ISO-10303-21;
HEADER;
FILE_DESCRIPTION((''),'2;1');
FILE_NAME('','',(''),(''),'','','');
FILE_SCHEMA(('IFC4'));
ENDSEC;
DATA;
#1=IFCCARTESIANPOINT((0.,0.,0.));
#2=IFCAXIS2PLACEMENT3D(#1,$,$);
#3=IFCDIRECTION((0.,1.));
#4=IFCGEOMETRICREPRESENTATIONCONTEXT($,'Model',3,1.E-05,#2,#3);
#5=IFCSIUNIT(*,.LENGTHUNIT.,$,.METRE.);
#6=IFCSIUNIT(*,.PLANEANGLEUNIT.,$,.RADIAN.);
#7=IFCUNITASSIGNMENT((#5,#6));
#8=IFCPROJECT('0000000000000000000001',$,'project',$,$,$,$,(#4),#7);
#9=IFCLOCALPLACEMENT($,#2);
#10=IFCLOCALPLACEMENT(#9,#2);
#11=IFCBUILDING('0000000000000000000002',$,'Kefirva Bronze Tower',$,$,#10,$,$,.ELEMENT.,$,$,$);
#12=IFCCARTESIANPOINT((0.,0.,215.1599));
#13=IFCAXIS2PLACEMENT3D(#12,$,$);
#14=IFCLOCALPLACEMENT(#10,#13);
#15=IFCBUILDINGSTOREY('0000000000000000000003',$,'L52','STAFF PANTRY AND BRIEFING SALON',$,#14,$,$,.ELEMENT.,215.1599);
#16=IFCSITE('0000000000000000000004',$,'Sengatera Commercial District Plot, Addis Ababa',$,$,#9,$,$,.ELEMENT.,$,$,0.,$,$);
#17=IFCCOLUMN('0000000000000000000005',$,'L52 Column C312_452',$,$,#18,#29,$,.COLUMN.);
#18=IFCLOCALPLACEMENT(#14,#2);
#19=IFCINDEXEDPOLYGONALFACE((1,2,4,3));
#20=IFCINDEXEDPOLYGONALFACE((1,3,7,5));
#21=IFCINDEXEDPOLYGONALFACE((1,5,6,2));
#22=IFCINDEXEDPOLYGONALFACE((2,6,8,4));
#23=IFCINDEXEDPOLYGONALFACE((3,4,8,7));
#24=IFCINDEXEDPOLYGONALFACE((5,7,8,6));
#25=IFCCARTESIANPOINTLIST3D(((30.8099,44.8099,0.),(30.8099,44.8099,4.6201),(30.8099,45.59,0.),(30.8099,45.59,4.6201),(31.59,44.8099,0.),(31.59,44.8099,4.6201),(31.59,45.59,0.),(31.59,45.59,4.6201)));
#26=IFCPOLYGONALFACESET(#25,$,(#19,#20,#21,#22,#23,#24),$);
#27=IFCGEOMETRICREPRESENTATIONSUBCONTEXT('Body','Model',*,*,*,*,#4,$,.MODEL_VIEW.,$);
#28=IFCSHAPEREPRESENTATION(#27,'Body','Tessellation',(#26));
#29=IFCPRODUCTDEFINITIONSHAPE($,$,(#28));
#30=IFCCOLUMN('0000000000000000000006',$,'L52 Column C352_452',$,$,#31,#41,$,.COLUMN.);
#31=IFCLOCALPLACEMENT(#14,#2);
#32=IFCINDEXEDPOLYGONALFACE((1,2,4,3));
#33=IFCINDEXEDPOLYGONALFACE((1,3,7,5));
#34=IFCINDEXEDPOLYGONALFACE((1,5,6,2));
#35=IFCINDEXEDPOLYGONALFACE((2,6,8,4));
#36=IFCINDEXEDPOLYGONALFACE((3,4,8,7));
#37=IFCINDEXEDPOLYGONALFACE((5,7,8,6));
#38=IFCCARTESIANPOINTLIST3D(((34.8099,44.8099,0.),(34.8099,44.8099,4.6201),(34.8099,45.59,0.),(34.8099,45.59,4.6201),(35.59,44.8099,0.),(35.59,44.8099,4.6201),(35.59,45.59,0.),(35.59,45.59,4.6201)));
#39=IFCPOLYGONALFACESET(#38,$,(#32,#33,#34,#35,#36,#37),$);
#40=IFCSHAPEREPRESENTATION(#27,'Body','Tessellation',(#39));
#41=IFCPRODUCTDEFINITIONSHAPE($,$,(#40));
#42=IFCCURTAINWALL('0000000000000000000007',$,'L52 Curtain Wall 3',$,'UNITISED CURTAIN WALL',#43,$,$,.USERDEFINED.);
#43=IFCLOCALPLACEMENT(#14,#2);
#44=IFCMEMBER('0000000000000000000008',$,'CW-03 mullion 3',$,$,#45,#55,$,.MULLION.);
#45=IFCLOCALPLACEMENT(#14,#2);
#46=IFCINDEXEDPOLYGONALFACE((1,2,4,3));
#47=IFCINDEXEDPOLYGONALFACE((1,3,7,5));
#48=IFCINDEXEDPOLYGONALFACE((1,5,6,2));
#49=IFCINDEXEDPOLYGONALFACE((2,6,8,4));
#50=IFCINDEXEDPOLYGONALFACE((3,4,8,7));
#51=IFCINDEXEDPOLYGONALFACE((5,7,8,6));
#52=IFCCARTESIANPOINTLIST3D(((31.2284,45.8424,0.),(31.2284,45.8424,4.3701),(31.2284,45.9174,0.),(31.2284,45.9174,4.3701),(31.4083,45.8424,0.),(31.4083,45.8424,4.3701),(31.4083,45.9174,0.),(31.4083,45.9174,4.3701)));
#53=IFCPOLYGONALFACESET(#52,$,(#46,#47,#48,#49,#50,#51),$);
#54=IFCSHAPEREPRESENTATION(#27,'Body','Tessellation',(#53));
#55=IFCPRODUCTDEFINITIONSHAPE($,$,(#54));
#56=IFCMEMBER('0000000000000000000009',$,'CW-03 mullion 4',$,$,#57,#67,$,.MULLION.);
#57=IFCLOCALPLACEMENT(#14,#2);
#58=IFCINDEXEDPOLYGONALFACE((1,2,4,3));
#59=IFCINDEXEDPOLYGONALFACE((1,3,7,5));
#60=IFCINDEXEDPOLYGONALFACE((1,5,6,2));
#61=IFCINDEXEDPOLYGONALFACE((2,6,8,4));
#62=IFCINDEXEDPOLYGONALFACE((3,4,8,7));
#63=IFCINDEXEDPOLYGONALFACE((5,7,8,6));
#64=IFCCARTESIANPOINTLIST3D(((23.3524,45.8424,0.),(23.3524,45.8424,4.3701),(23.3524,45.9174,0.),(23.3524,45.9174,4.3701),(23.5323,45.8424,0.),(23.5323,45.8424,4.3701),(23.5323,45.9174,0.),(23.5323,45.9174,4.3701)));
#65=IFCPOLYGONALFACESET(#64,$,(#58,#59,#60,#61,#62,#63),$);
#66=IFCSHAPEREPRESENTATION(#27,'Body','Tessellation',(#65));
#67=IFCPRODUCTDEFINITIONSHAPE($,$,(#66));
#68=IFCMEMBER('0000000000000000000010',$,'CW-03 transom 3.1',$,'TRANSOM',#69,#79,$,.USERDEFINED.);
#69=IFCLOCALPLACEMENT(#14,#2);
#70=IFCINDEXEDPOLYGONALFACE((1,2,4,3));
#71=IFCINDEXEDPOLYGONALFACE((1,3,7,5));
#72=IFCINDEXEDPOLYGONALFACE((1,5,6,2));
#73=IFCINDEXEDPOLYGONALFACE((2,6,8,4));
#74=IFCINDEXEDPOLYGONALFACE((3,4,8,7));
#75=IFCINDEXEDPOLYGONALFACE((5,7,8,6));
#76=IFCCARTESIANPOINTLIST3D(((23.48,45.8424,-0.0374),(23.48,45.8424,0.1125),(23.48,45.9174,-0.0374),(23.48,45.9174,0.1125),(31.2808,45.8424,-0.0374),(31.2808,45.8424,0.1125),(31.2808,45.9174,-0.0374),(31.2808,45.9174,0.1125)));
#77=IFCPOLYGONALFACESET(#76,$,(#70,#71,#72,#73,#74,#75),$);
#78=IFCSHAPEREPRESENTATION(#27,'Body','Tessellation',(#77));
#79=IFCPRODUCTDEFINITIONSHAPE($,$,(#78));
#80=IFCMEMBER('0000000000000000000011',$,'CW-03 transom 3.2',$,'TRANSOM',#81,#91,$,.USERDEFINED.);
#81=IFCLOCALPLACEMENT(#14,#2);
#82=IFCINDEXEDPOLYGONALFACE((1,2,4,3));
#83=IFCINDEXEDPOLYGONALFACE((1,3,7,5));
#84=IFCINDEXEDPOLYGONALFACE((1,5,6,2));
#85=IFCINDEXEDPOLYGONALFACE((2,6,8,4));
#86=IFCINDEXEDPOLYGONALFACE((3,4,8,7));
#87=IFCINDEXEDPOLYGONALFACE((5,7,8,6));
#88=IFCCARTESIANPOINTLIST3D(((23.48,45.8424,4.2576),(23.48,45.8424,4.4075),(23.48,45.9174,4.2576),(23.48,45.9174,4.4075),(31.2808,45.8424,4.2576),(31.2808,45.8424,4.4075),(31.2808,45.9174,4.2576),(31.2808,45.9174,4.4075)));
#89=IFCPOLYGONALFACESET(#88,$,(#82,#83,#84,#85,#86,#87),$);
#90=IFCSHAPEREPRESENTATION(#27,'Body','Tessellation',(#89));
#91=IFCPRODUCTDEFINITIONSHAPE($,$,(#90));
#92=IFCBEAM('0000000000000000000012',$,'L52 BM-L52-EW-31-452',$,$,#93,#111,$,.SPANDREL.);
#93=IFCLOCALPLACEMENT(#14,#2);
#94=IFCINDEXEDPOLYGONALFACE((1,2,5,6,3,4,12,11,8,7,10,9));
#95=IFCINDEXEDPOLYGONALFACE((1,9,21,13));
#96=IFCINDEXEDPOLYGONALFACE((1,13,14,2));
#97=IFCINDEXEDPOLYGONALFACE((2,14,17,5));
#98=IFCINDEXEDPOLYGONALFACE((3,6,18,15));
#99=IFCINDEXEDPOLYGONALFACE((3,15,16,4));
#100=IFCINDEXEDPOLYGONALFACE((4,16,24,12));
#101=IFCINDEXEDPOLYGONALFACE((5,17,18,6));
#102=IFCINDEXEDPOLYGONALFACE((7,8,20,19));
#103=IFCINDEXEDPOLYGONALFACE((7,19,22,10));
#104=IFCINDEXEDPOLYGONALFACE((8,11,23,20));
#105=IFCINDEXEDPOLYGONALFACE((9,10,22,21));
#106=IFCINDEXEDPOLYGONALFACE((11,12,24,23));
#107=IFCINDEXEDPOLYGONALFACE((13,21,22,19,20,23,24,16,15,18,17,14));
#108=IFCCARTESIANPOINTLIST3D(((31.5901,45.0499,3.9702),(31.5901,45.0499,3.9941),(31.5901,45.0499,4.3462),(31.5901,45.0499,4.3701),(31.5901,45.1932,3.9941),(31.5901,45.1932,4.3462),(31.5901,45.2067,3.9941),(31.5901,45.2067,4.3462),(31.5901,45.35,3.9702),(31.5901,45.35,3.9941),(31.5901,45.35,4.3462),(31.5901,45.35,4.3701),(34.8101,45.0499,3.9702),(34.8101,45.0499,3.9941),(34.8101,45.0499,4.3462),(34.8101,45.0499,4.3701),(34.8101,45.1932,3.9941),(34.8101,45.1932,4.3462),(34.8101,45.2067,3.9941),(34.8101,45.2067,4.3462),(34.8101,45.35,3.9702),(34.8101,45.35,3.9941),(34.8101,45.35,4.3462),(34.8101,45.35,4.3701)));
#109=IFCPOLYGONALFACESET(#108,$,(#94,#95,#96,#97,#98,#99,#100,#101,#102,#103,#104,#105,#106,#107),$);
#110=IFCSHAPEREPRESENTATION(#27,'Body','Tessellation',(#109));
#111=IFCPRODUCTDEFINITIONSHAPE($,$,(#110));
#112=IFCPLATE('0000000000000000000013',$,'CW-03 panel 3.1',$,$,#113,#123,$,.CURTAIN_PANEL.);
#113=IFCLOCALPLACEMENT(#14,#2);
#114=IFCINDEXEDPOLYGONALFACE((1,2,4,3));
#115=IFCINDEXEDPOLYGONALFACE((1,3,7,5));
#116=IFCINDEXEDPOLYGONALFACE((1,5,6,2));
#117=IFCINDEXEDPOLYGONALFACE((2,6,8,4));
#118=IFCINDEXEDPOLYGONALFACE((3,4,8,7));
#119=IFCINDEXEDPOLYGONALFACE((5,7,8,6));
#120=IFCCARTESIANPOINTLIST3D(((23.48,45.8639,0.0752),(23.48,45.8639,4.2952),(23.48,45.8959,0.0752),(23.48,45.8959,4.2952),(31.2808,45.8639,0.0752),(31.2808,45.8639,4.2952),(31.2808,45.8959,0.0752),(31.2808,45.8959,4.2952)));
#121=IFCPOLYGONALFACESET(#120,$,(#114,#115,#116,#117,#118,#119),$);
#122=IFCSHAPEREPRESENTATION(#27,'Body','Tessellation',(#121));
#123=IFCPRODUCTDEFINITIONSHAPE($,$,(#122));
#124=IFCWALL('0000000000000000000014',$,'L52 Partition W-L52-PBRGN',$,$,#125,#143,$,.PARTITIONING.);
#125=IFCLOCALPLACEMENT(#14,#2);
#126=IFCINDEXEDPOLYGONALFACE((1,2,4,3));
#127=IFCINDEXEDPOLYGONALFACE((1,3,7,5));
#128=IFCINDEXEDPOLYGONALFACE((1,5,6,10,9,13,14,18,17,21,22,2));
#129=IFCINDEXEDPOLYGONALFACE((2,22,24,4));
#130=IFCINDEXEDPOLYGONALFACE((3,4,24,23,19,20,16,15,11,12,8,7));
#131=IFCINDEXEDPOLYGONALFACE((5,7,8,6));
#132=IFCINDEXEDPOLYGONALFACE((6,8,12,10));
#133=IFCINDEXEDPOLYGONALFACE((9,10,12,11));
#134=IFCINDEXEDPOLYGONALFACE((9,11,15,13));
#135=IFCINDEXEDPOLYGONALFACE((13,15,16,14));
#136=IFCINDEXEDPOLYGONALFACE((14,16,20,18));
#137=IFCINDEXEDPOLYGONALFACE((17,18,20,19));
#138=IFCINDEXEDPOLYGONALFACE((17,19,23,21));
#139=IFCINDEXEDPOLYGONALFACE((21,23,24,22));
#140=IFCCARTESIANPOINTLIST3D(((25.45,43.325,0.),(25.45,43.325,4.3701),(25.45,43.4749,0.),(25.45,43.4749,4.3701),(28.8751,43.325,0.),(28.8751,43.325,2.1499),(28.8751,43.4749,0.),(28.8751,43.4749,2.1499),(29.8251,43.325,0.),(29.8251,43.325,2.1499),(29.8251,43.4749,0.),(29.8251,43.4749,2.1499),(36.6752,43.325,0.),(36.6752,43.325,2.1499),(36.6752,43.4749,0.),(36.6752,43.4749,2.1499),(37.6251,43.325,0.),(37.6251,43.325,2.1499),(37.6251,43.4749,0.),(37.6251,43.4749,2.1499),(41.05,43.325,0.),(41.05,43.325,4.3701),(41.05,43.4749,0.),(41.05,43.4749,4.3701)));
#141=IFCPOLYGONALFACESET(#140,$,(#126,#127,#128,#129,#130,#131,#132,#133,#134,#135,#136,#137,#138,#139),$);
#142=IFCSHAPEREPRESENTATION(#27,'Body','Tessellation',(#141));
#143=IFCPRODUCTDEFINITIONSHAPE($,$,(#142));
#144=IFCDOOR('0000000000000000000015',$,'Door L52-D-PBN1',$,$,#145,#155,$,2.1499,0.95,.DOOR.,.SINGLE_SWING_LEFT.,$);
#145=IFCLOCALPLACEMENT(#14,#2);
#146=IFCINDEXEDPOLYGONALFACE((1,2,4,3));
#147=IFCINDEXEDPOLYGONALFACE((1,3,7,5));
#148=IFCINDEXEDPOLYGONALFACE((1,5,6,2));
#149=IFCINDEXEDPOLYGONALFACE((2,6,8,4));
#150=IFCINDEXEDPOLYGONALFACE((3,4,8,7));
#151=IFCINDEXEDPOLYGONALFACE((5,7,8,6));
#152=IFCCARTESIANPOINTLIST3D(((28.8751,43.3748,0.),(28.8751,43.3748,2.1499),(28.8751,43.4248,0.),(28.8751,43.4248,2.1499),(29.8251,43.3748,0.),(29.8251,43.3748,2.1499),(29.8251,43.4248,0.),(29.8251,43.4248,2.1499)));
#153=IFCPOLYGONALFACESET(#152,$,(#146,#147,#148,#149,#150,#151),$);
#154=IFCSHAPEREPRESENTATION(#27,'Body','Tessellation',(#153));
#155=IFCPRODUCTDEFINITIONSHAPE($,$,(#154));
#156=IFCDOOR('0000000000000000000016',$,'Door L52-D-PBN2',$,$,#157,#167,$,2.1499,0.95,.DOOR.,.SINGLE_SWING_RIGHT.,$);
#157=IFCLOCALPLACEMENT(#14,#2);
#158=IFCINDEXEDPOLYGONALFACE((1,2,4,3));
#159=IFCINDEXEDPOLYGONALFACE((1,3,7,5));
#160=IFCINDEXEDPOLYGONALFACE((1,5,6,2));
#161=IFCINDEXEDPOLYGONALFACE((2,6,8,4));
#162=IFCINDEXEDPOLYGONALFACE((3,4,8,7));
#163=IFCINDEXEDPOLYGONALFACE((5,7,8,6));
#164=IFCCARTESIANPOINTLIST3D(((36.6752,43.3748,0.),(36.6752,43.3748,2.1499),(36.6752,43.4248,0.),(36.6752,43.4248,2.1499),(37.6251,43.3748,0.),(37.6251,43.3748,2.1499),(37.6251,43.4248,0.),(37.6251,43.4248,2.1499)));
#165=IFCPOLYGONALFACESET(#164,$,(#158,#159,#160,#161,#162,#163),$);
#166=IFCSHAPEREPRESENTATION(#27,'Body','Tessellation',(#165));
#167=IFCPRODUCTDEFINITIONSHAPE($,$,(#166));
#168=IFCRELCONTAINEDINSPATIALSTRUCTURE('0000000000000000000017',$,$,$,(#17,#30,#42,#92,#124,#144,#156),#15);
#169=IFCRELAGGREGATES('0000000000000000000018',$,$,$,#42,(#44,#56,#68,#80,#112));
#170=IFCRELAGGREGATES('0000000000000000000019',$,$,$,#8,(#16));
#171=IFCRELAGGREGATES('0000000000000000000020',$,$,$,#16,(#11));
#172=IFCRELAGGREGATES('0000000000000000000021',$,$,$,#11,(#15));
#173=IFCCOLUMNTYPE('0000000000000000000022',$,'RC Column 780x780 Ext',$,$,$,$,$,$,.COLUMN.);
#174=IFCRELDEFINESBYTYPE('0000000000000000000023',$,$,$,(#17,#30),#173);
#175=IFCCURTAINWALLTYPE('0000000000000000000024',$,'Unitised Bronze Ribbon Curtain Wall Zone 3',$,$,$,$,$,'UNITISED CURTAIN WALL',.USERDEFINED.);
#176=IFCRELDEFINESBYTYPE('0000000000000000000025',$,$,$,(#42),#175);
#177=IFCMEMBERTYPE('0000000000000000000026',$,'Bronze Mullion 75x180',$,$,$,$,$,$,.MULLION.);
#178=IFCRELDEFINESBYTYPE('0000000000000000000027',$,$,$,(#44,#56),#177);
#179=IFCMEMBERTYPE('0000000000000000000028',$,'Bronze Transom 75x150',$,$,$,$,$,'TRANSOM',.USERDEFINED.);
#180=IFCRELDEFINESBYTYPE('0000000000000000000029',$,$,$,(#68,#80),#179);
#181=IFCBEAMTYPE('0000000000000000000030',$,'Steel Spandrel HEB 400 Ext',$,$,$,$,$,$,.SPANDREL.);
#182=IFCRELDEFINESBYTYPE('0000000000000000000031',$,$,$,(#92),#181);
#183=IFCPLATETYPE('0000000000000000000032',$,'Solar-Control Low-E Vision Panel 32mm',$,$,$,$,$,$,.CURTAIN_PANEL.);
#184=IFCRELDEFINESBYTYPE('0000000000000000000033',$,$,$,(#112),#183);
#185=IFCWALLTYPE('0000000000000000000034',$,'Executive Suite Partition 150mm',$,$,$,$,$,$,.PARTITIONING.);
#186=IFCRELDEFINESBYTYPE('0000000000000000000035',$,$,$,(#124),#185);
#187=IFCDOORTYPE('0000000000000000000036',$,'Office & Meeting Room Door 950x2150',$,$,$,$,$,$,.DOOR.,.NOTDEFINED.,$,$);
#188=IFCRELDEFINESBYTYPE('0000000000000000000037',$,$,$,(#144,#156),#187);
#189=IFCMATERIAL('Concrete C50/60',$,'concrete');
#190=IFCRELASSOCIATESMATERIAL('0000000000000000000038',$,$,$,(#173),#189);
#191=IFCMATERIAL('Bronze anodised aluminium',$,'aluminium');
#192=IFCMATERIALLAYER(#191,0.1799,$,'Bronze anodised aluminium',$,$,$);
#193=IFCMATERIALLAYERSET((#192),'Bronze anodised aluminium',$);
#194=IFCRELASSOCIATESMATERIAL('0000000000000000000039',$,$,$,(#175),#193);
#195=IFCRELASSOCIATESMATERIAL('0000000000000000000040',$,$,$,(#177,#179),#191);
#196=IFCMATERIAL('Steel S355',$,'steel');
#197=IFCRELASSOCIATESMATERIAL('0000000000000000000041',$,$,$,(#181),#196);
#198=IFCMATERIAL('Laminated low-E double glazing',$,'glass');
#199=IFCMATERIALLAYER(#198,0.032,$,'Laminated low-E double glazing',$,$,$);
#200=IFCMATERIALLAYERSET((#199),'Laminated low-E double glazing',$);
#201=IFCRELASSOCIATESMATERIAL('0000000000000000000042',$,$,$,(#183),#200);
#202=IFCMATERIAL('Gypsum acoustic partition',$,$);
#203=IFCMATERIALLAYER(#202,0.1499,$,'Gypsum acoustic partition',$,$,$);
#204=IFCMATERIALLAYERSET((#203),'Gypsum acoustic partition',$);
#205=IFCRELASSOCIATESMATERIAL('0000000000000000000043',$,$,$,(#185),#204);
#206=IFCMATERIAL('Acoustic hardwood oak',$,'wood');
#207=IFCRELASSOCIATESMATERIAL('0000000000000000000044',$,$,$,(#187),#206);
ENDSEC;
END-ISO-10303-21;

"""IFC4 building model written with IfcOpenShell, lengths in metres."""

from ifc_helpers import new_model, si_unit, direction, frame, frame_2d, origin, origin_2d, place, context, subcontext, project, spatial, rectangle, i_section, extrude, material, layer, layer_set, material_profile, profile_set, type_object, element, fill, aggregate, save


model = new_model("IFC4")

# Units and contexts
model_context = context("Model", 3, precision=1e-05, world=origin(), true_north=direction((0.0, 1.0)))
body_context = subcontext(model_context, "Body", "Model", "MODEL_VIEW")
ifc_project = project(units=[si_unit("LENGTHUNIT", "METRE"), si_unit("PLANEANGLEUNIT", "RADIAN")], contexts=[model_context])

# Site, building, storey
site_placement = place(None, origin())
site = spatial("IfcSite", under=ifc_project, at=site_placement, Name="Sengatera Commercial District Plot, Addis Ababa", CompositionType="ELEMENT", RefElevation=0.0)
building_placement = place(site_placement, origin())
building = spatial("IfcBuilding", under=site, at=building_placement, Name="Kefirva Bronze Tower", CompositionType="ELEMENT")
storey_placement = place(building_placement, frame((0.0, 0.0, 215.1599)))
storey = spatial("IfcBuildingStorey", under=building, at=storey_placement, Name="L52", Description="STAFF PANTRY AND BRIEFING SALON", CompositionType="ELEMENT", Elevation=215.1599)

# Columns
ifc_material_1 = material(Name="Concrete C50/60", Category="concrete")
ifc_material_profile_1 = material_profile(ifc_material_1, rectangle(XDim=0.78, YDim=0.78, at=origin_2d()), Name="RC 780x780")
ifc_profile_set_1 = profile_set([ifc_material_profile_1], Name="Concrete C50/60")
column_type = type_object("IfcColumnType", Name="RC Column 780x780 Ext", PredefinedType="COLUMN", material=ifc_profile_set_1)
for number, where, z_axis, x_axis, name in (
    (1, (31.2, 45.2, 0.0), (0.0, 0.0, 1.0), (1.0, 0.0, 0.0), "L52 Column C312_452"),
    (2, (35.2, 45.2, 0.0), (0.0, 0.0, 1.0), (1.0, 0.0, 0.0), "L52 Column C352_452"),
):
    element("IfcColumn", number, at=place(storey_placement, frame(where, z_axis=z_axis, x_axis=x_axis)), inside=storey, type_object=column_type, Name=name, PredefinedType="COLUMN", context=body_context, shape_type="SweptSolid", body=[
        extrude(rectangle(XDim=0.78, YDim=0.78, at=origin_2d()), origin(), (0.0, 0.0, 1.0), 4.6201),
    ])

# Curtain wall, members
ifc_material_2 = material(Name="Bronze anodised aluminium", Category="aluminium")
ifc_layer_1 = layer(ifc_material_2, 0.1799, Name="Bronze anodised aluminium")
ifc_layer_set_1 = layer_set([ifc_layer_1], Name="Bronze anodised aluminium")
curtain_wall_type = type_object("IfcCurtainWallType", Name="Unitised Bronze Ribbon Curtain Wall Zone 3", ElementType="UNITISED CURTAIN WALL", PredefinedType="USERDEFINED", material=ifc_layer_set_1)
curtain_wall_placement = place(storey_placement, origin())
curtain_wall = element("IfcCurtainWall", 3, at=curtain_wall_placement, inside=storey, type_object=curtain_wall_type, Name="L52 Curtain Wall 3", ObjectType="UNITISED CURTAIN WALL", PredefinedType="USERDEFINED")
ifc_material_profile_2 = material_profile(ifc_material_2, rectangle(XDim=0.075, YDim=0.1799, at=origin_2d()), Name="ALU 75x180")
ifc_profile_set_2 = profile_set([ifc_material_profile_2], Name="Bronze anodised aluminium")
member_type_1 = type_object("IfcMemberType", Name="Bronze Mullion 75x180", PredefinedType="MULLION", material=ifc_profile_set_2)
member_1_placement = place(storey_placement, frame((31.3184, 45.8799, 0.0), z_axis=(0.0, 0.0, 1.0), x_axis=(0.0, -1.0, 0.0)))
member_1 = element("IfcMember", 4, at=member_1_placement, type_object=member_type_1, Name="CW-03 mullion 3", PredefinedType="MULLION", context=body_context, shape_type="SweptSolid", body=[
    extrude(rectangle(XDim=0.075, YDim=0.1799, at=origin_2d()), origin(), (0.0, 0.0, 1.0), 4.3701),
])
member_2_placement = place(storey_placement, frame((23.4424, 45.8799, 0.0), z_axis=(0.0, 0.0, 1.0), x_axis=(0.0, -1.0, 0.0)))
member_2 = element("IfcMember", 5, at=member_2_placement, type_object=member_type_1, Name="CW-03 mullion 4", PredefinedType="MULLION", context=body_context, shape_type="SweptSolid", body=[
    extrude(rectangle(XDim=0.075, YDim=0.1799, at=origin_2d()), origin(), (0.0, 0.0, 1.0), 4.3701),
])
ifc_material_profile_3 = material_profile(ifc_material_2, rectangle(XDim=0.075, YDim=0.1499, at=origin_2d()), Name="ALU 75x150")
ifc_profile_set_3 = profile_set([ifc_material_profile_3], Name="Bronze anodised aluminium")
member_type_2 = type_object("IfcMemberType", Name="Bronze Transom 75x150", ElementType="TRANSOM", PredefinedType="USERDEFINED", material=ifc_profile_set_3)
member_3_placement = place(storey_placement, frame((31.2808, 45.8799, 0.0376), z_axis=(-1.0, 0.0, 0.0), x_axis=(0.0, -1.0, 0.0)))
member_3 = element("IfcMember", 6, at=member_3_placement, type_object=member_type_2, Name="CW-03 transom 3.1", ObjectType="TRANSOM", PredefinedType="USERDEFINED", context=body_context, shape_type="SweptSolid", body=[
    extrude(rectangle(XDim=0.075, YDim=0.1499, at=origin_2d()), origin(), (0.0, 0.0, 1.0), 7.8008),
])
member_4_placement = place(storey_placement, frame((31.2808, 45.8799, 4.3325), z_axis=(-1.0, 0.0, 0.0), x_axis=(0.0, -1.0, 0.0)))
member_4 = element("IfcMember", 7, at=member_4_placement, type_object=member_type_2, Name="CW-03 transom 3.2", ObjectType="TRANSOM", PredefinedType="USERDEFINED", context=body_context, shape_type="SweptSolid", body=[
    extrude(rectangle(XDim=0.075, YDim=0.1499, at=origin_2d()), origin(), (0.0, 0.0, 1.0), 7.8008),
])

# Beam
ifc_material_3 = material(Name="Steel S355", Category="steel")
ifc_material_profile_4 = material_profile(ifc_material_3, i_section(OverallWidth=0.3, OverallDepth=0.3999, WebThickness=0.0134, FlangeThickness=0.0239, at=origin_2d()), Name="HEB 400")
ifc_profile_set_4 = profile_set([ifc_material_profile_4], Name="Steel S355")
beam_type = type_object("IfcBeamType", Name="Steel Spandrel HEB 400 Ext", PredefinedType="SPANDREL", material=ifc_profile_set_4)
beam_placement = place(storey_placement, frame((31.5901, 45.2, 4.1702), z_axis=(1.0, 0.0, 0.0), x_axis=(0.0, 1.0, 0.0)))
element("IfcBeam", 8, at=beam_placement, inside=storey, type_object=beam_type, Name="L52 BM-L52-EW-31-452", PredefinedType="SPANDREL", context=body_context, shape_type="SweptSolid", body=[
    extrude(i_section(OverallWidth=0.3, OverallDepth=0.3999, WebThickness=0.0134, FlangeThickness=0.0239, at=origin_2d()), origin(), (0.0, 0.0, 1.0), 3.22),
])

# Plate
ifc_material_4 = material(Name="Laminated low-E double glazing", Category="glass")
ifc_layer_2 = layer(ifc_material_4, 0.032, Name="Laminated low-E double glazing")
ifc_layer_set_2 = layer_set([ifc_layer_2], Name="Laminated low-E double glazing")
plate_type = type_object("IfcPlateType", Name="Solar-Control Low-E Vision Panel 32mm", PredefinedType="CURTAIN_PANEL", material=ifc_layer_set_2)
plate_placement = place(storey_placement, frame((27.3804, 45.8799, 0.0752), z_axis=(0.0, 0.0, 1.0), x_axis=(-1.0, 0.0, 0.0)))
plate = element("IfcPlate", 9, at=plate_placement, type_object=plate_type, Name="CW-03 panel 3.1", PredefinedType="CURTAIN_PANEL", context=body_context, shape_type="SweptSolid", body=[
    extrude(rectangle(XDim=7.8008, YDim=0.032, at=origin_2d()), origin(), (0.0, 0.0, 1.0), 4.22),
])
aggregate(curtain_wall, [member_1, member_2, member_3, member_4, plate])

# Wall, openings, doors
ifc_material_5 = material(Name="Gypsum acoustic partition")
ifc_layer_3 = layer(ifc_material_5, 0.1499, Name="Gypsum acoustic partition")
ifc_layer_set_3 = layer_set([ifc_layer_3], Name="Gypsum acoustic partition")
wall_type_1 = type_object("IfcWallType", Name="Executive Suite Partition 150mm", PredefinedType="PARTITIONING", material=ifc_layer_set_3)
wall_1_placement = place(storey_placement, frame((25.45, 43.3999, 0.0), z_axis=(0.0, 0.0, 1.0), x_axis=(1.0, 0.0, 0.0)))
wall_1 = element("IfcWall", 10, at=wall_1_placement, inside=storey, type_object=wall_type_1, Name="L52 Partition W-L52-PBRGN", PredefinedType="PARTITIONING", context=body_context, shape_type="SweptSolid", body=[
    extrude(rectangle(XDim=15.6001, YDim=0.1499, at=frame_2d((7.8, 0.0))), origin(), (0.0, 0.0, 1.0), 4.3701),
])
opening_1_placement = place(wall_1_placement, frame((3.425, 0.0, 0.0)))
opening_1 = element("IfcOpeningElement", 11, at=opening_1_placement, cuts=wall_1, PredefinedType="OPENING", context=body_context, shape_type="SweptSolid", body=[
    extrude(rectangle(XDim=0.95, YDim=2.1499, at=frame_2d((0.4751, 1.075))), frame((0.0, 0.085, 0.0), z_axis=(0.0, -1.0, 0.0), x_axis=(1.0, 0.0, 0.0)), (0.0, 0.0, 1.0), 0.1699),
])
opening_2_placement = place(wall_1_placement, frame((11.2251, 0.0, 0.0)))
opening_2 = element("IfcOpeningElement", 12, at=opening_2_placement, cuts=wall_1, PredefinedType="OPENING", context=body_context, shape_type="SweptSolid", body=[
    extrude(rectangle(XDim=0.95, YDim=2.1499, at=frame_2d((0.4751, 1.075))), frame((0.0, 0.085, 0.0), z_axis=(0.0, -1.0, 0.0), x_axis=(1.0, 0.0, 0.0)), (0.0, 0.0, 1.0), 0.1699),
])
ifc_material_6 = material(Name="Acoustic hardwood oak", Category="wood")
door_type_1 = type_object("IfcDoorType", Name="Office & Meeting Room Door 950x2150", OperationType="NOTDEFINED", PredefinedType="DOOR", material=ifc_material_6)
door_1_placement = place(opening_1_placement, origin())
door_1 = element("IfcDoor", 13, at=door_1_placement, inside=storey, type_object=door_type_1, Name="Door L52-D-PBN1", OperationType="SINGLE_SWING_LEFT", OverallHeight=2.1499, OverallWidth=0.95, PredefinedType="DOOR", context=body_context, shape_type="SweptSolid", body=[
    extrude(rectangle(XDim=0.95, YDim=2.1499, at=frame_2d((0.4751, 1.075))), frame((0.0, 0.0249, 0.0), z_axis=(0.0, -1.0, 0.0), x_axis=(1.0, 0.0, 0.0)), (0.0, 0.0, 1.0), 0.05),
])
fill(opening_1, door_1)
door_2_placement = place(opening_2_placement, origin())
door_2 = element("IfcDoor", 14, at=door_2_placement, inside=storey, type_object=door_type_1, Name="Door L52-D-PBN2", OperationType="SINGLE_SWING_RIGHT", OverallHeight=2.1499, OverallWidth=0.95, PredefinedType="DOOR", context=body_context, shape_type="SweptSolid", body=[
    extrude(rectangle(XDim=0.95, YDim=2.1499, at=frame_2d((0.4751, 1.075))), frame((0.0, 0.0249, 0.0), z_axis=(0.0, -1.0, 0.0), x_axis=(1.0, 0.0, 0.0)), (0.0, 0.0, 1.0), 0.05),
])
fill(opening_2, door_2)

save(model, "model.ifc")
